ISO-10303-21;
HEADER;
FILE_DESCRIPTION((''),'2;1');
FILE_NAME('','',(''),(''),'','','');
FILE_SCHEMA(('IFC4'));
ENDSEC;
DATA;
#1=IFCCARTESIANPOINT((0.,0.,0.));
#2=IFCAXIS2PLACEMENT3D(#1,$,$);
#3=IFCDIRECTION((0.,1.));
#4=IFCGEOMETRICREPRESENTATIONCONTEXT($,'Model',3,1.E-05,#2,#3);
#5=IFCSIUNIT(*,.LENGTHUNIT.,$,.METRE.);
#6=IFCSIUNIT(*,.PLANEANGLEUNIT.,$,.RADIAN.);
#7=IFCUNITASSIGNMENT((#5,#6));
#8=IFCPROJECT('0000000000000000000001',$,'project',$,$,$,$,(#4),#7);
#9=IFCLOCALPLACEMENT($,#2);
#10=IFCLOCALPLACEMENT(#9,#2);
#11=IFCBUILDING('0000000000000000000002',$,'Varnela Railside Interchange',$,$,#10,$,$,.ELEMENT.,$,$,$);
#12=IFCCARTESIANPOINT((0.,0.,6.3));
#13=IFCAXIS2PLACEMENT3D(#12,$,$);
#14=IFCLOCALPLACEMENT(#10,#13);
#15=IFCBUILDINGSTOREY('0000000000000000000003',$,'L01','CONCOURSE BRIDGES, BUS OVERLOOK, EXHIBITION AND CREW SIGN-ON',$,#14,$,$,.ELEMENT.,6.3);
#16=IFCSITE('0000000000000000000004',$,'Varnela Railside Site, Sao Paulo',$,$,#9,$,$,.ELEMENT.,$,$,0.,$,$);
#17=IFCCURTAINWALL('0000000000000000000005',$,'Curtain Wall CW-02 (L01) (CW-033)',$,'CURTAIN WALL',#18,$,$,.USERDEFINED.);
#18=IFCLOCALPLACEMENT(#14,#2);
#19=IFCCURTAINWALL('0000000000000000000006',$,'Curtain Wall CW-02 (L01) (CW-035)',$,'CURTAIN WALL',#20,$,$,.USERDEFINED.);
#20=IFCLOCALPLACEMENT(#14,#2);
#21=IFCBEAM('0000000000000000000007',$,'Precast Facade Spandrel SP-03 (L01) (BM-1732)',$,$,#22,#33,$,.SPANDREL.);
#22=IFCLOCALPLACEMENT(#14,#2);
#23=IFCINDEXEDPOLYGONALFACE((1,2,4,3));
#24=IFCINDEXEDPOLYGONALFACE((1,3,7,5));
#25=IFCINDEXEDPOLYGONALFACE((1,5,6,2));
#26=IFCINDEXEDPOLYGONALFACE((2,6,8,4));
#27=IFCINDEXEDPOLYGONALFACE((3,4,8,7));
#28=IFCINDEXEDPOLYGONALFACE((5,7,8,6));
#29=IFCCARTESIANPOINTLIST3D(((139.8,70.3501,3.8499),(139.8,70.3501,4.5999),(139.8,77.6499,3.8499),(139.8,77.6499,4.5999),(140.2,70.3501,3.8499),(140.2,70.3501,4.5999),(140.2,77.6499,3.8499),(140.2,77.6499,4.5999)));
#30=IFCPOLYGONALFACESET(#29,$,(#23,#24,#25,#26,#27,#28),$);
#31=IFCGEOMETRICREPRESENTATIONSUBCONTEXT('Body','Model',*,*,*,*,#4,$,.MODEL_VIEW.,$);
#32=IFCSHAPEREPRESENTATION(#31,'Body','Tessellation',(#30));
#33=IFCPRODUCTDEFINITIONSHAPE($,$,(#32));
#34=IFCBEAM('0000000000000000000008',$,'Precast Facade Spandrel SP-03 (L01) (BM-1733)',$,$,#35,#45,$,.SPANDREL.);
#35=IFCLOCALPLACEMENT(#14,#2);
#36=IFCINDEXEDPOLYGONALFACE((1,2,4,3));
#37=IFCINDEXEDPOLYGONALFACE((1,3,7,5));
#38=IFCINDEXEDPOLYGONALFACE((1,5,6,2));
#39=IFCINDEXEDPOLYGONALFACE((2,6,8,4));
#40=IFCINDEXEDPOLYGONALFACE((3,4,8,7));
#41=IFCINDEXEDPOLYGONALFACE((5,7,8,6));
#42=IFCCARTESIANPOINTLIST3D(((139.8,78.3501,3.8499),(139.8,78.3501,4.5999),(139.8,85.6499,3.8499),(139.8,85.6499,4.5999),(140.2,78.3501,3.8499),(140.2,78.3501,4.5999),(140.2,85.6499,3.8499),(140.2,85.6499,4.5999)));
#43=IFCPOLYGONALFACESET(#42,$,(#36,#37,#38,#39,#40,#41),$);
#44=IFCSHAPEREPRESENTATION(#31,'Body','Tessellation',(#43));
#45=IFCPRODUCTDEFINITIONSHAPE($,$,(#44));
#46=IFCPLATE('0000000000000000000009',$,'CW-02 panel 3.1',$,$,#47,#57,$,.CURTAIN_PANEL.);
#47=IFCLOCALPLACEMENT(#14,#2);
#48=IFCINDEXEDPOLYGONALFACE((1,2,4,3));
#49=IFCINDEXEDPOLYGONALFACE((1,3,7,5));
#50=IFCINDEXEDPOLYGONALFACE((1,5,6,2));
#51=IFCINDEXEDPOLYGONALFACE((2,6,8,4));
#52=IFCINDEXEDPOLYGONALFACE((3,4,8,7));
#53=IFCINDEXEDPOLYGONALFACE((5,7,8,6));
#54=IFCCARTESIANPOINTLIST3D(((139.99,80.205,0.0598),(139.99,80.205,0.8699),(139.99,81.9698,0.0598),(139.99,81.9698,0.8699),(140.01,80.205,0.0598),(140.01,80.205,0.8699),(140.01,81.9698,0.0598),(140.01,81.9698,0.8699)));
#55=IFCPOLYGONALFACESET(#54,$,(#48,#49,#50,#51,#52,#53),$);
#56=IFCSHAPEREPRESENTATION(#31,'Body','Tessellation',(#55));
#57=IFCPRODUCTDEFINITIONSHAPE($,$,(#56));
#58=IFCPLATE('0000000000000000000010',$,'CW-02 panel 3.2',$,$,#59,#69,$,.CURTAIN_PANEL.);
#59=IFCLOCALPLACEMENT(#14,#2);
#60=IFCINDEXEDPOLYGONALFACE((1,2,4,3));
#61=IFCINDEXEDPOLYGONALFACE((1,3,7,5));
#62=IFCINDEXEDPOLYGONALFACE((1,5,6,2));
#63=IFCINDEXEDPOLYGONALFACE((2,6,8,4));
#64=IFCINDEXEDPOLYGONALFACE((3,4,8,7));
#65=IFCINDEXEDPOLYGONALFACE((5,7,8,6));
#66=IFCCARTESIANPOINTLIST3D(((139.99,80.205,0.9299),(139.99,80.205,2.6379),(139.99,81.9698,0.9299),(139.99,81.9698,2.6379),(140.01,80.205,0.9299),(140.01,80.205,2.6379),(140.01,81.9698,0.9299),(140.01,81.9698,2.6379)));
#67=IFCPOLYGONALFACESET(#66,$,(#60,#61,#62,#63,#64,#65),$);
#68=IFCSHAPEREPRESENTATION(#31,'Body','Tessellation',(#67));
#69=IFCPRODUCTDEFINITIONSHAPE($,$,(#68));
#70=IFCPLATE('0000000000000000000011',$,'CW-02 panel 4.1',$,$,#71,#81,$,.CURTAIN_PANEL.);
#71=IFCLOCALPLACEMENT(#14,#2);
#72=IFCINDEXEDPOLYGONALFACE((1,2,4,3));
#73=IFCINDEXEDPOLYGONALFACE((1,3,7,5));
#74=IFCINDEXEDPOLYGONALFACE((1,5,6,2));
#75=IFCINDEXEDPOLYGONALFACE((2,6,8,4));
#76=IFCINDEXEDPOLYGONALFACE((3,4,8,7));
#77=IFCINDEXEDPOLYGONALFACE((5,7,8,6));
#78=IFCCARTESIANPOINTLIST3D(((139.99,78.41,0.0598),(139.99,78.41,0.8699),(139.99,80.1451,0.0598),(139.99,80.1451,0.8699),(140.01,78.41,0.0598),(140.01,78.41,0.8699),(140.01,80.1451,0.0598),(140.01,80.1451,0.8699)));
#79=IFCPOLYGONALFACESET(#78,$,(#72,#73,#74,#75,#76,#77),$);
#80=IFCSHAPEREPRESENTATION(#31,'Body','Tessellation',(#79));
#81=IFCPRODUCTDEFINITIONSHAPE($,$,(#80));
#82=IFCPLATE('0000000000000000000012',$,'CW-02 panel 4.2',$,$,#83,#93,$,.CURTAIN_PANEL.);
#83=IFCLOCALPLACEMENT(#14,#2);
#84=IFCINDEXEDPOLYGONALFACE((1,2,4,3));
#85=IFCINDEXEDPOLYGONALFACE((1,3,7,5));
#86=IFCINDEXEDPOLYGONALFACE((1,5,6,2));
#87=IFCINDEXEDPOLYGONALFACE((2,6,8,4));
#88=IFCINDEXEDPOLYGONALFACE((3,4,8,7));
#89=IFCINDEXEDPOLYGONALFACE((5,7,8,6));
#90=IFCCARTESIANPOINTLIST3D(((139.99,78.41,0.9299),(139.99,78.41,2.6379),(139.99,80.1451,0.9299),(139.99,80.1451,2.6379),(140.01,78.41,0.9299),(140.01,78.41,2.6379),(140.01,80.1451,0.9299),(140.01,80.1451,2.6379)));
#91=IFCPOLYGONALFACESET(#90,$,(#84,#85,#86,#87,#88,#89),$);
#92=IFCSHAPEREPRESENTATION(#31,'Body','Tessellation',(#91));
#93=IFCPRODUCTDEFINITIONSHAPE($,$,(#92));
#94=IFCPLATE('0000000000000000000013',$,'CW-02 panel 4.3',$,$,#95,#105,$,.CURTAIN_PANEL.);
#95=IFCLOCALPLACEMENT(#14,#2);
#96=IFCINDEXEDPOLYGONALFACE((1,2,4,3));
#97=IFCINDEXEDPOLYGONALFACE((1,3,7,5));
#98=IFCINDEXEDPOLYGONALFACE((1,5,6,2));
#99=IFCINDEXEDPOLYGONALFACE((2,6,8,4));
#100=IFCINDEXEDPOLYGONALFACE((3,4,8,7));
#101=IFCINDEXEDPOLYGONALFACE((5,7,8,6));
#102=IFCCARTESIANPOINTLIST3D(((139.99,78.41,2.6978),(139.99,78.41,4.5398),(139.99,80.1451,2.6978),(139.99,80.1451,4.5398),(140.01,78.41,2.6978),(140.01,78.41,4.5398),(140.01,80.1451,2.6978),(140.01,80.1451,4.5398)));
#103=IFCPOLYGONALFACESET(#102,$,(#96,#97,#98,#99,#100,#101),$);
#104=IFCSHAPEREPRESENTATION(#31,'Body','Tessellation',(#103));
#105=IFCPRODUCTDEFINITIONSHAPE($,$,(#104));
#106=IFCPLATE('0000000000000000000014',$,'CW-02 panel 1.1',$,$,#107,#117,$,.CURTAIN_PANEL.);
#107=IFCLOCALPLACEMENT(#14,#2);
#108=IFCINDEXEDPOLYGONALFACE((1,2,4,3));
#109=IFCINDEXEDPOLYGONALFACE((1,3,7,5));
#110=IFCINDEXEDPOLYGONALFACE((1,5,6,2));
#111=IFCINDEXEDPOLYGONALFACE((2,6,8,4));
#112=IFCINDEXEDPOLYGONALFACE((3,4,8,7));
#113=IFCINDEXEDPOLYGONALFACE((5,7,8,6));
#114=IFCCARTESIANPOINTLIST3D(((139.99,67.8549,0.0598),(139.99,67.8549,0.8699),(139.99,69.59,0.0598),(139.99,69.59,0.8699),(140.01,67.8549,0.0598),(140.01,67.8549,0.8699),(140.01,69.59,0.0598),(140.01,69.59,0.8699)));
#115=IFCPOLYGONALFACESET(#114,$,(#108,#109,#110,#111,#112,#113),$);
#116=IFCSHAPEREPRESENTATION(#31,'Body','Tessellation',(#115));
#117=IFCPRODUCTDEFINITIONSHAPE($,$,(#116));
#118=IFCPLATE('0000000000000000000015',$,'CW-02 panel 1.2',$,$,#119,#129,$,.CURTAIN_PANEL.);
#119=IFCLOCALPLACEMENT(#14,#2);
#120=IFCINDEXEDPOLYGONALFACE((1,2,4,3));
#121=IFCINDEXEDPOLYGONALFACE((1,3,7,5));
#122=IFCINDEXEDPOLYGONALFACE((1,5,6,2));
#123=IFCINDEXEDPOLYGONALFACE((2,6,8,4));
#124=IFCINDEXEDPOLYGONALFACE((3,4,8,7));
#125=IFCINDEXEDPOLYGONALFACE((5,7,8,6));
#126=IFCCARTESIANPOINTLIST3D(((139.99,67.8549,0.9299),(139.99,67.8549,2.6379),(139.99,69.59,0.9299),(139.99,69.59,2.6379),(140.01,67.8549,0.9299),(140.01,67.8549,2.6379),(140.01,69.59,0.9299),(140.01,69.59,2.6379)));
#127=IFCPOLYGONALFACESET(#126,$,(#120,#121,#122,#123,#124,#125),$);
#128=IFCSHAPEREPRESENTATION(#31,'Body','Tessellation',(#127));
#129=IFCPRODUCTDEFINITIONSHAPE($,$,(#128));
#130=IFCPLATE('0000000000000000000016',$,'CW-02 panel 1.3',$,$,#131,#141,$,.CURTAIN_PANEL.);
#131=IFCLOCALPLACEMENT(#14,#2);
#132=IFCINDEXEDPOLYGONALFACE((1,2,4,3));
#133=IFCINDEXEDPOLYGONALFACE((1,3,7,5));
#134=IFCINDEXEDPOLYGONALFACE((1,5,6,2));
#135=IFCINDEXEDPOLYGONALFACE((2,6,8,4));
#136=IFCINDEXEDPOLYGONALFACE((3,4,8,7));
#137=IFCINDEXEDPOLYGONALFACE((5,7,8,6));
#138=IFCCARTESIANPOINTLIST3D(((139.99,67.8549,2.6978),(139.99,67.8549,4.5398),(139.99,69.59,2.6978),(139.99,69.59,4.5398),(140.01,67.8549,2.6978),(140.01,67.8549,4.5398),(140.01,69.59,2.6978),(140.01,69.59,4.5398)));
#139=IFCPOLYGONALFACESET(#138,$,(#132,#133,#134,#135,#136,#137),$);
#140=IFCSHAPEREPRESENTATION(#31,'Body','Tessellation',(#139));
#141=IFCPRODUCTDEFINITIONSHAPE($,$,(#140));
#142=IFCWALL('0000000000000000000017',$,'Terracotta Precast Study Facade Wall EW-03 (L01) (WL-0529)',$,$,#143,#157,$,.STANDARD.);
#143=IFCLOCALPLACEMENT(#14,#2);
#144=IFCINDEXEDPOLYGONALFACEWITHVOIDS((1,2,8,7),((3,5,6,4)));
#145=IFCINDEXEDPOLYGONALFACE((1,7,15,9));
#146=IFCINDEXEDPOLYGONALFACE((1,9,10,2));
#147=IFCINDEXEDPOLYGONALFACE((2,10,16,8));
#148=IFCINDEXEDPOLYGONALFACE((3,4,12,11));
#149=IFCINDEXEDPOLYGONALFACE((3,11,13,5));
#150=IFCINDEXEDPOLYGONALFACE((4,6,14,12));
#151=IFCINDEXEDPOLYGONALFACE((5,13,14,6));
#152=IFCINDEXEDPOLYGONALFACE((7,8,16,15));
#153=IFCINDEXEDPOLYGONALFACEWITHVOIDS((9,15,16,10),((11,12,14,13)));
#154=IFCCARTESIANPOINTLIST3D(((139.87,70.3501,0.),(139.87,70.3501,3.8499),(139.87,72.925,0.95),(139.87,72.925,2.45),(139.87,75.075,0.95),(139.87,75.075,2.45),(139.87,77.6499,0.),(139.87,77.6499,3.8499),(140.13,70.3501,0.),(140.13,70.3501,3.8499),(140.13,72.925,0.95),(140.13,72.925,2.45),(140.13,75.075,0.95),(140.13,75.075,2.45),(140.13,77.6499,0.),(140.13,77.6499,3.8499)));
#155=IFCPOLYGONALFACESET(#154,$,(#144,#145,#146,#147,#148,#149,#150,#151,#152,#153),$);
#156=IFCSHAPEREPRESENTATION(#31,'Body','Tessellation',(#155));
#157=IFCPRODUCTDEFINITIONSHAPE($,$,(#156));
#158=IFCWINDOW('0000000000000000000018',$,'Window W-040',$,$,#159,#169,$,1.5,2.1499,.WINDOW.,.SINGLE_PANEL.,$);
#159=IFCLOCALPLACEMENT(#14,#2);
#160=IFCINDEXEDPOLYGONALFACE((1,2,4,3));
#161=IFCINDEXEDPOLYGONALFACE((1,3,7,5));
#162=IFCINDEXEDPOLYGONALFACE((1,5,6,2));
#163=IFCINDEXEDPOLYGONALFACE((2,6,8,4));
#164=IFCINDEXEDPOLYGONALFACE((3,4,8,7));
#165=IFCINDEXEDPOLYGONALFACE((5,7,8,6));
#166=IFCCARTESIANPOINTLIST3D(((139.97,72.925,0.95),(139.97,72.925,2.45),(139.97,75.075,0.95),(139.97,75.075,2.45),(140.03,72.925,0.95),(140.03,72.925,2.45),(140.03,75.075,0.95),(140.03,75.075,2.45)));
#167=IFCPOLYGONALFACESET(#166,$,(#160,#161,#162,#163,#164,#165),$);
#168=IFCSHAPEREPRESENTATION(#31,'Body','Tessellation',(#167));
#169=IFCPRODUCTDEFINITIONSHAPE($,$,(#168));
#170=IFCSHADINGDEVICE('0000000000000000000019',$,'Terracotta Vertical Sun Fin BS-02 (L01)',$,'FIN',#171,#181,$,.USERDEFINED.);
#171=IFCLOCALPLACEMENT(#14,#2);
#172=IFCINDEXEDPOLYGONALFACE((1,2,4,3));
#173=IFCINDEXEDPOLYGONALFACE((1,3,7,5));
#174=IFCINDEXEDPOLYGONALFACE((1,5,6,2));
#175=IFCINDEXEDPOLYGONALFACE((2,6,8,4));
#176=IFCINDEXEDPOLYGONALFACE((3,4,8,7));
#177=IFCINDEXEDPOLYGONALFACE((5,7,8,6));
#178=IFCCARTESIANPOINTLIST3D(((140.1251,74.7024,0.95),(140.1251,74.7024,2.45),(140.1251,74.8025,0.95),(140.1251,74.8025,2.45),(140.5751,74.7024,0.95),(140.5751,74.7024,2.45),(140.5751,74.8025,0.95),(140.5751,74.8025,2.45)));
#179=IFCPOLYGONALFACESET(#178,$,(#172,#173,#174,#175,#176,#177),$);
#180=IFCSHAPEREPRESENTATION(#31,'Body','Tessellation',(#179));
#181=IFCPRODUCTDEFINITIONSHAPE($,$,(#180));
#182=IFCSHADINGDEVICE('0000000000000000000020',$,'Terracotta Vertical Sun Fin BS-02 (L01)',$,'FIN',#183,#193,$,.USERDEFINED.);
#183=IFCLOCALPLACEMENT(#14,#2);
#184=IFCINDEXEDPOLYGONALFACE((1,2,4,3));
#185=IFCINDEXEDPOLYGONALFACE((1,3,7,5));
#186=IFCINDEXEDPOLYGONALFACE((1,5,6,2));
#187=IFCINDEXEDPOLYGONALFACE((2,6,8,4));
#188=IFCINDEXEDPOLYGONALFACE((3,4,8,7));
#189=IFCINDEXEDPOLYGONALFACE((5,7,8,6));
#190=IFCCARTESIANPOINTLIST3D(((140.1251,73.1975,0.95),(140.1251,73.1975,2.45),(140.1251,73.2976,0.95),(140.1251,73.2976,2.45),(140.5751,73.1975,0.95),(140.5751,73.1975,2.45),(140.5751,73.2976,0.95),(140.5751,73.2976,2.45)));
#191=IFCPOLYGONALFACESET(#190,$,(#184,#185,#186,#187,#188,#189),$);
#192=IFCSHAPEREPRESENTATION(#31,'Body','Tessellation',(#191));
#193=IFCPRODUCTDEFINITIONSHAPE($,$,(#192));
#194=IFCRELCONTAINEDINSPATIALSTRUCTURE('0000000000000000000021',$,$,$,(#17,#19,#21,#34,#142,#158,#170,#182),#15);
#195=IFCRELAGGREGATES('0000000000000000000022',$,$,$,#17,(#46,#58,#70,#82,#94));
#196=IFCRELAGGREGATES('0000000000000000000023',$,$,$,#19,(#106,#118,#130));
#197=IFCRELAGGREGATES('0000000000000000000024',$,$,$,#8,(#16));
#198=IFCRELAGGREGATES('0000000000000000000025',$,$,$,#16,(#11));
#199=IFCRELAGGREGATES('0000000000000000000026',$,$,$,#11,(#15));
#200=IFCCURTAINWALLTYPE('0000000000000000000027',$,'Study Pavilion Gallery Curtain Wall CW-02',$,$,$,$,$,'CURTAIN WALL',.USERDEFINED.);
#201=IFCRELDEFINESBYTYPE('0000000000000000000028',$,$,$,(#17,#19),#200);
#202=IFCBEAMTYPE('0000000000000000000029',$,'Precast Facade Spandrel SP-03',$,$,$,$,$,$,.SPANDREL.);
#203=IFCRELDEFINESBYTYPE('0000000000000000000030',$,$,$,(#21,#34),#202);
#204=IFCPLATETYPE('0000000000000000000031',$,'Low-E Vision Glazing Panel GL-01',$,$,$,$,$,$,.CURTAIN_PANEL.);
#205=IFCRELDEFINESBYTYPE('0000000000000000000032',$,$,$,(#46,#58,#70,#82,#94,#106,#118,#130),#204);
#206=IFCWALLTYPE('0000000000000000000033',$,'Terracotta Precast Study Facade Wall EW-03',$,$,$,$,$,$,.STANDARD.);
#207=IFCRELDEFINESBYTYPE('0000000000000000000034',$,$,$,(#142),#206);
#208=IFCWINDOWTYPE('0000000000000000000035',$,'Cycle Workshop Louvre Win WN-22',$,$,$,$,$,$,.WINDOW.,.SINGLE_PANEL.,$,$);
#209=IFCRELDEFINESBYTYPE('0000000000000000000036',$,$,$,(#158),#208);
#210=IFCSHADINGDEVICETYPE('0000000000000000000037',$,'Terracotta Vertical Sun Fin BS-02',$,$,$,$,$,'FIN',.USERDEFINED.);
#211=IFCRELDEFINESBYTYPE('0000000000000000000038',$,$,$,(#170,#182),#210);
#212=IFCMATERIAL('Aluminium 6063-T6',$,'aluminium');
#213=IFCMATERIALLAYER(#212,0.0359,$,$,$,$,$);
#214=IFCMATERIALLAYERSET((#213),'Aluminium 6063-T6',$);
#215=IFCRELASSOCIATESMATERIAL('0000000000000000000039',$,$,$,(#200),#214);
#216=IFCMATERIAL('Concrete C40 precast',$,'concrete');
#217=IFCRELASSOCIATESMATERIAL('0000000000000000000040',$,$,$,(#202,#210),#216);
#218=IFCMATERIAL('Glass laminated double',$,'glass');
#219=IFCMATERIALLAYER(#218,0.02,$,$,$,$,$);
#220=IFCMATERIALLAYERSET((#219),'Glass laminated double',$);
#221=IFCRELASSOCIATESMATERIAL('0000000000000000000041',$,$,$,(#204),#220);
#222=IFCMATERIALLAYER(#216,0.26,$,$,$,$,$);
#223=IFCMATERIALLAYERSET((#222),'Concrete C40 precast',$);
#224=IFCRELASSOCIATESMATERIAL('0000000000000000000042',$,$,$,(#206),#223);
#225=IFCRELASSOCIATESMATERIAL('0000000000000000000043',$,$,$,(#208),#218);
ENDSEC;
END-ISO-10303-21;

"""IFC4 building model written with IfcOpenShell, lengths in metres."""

from ifc_helpers import new_model, si_unit, direction, frame, frame_2d, origin, origin_2d, place, context, subcontext, project, spatial, rectangle, extrude, material, layer, layer_set, material_profile, profile_set, type_object, element, fill, aggregate, save


model = new_model("IFC4")

# Units and contexts
model_context = context("Model", 3, precision=1e-05, world=origin(), true_north=direction((0.0, 1.0)))
body_context = subcontext(model_context, "Body", "Model", "MODEL_VIEW")
ifc_project = project(units=[si_unit("LENGTHUNIT", "METRE"), si_unit("PLANEANGLEUNIT", "RADIAN")], contexts=[model_context])

# Site, building, storey
site_placement = place(None, origin())
site = spatial("IfcSite", under=ifc_project, at=site_placement, Name="Varnela Railside Site, Sao Paulo", CompositionType="ELEMENT", RefElevation=0.0)
building_placement = place(site_placement, origin())
building = spatial("IfcBuilding", under=site, at=building_placement, Name="Varnela Railside Interchange", CompositionType="ELEMENT")
storey_placement = place(building_placement, frame((0.0, 0.0, 6.3)))
storey = spatial("IfcBuildingStorey", under=building, at=storey_placement, Name="L01", Description="CONCOURSE BRIDGES, BUS OVERLOOK, EXHIBITION AND CREW SIGN-ON", CompositionType="ELEMENT", Elevation=6.3)

# Curtain walls
ifc_material_1 = material(Name="Aluminium 6063-T6", Category="aluminium")
ifc_layer_1 = layer(ifc_material_1, 0.0359)
ifc_layer_set_1 = layer_set([ifc_layer_1], Name="Aluminium 6063-T6")
curtain_wall_type = type_object("IfcCurtainWallType", Name="Study Pavilion Gallery Curtain Wall CW-02", ElementType="CURTAIN WALL", PredefinedType="USERDEFINED", material=ifc_layer_set_1)
curtain_wall_1_placement = place(storey_placement, origin())
curtain_wall_1 = element("IfcCurtainWall", 1, at=curtain_wall_1_placement, inside=storey, type_object=curtain_wall_type, Name="Curtain Wall CW-02 (L01) (CW-033)", ObjectType="CURTAIN WALL", PredefinedType="USERDEFINED")
curtain_wall_2_placement = place(storey_placement, origin())
curtain_wall_2 = element("IfcCurtainWall", 2, at=curtain_wall_2_placement, inside=storey, type_object=curtain_wall_type, Name="Curtain Wall CW-02 (L01) (CW-035)", ObjectType="CURTAIN WALL", PredefinedType="USERDEFINED")

# Beams
ifc_material_2 = material(Name="Concrete C40 precast", Category="concrete")
ifc_material_profile_1 = material_profile(ifc_material_2, rectangle(XDim=0.3999, YDim=0.75, at=origin_2d()), Name="PC 400x750")
ifc_profile_set_1 = profile_set([ifc_material_profile_1], Name="Concrete C40 precast")
beam_type = type_object("IfcBeamType", Name="Precast Facade Spandrel SP-03", PredefinedType="SPANDREL", material=ifc_profile_set_1)
for number, where, z_axis, x_axis, name in (
    (3, (140.0, 70.3501, 4.2249), (0.0, 1.0, 0.0), (-1.0, 0.0, 0.0), "Precast Facade Spandrel SP-03 (L01) (BM-1732)"),
    (4, (140.0, 78.3501, 4.2249), (0.0, 1.0, 0.0), (-1.0, 0.0, 0.0), "Precast Facade Spandrel SP-03 (L01) (BM-1733)"),
):
    element("IfcBeam", number, at=place(storey_placement, frame(where, z_axis=z_axis, x_axis=x_axis)), inside=storey, type_object=beam_type, Name=name, PredefinedType="SPANDREL", context=body_context, shape_type="SweptSolid", body=[
        extrude(rectangle(XDim=0.3999, YDim=0.75, at=origin_2d()), origin(), (0.0, 0.0, 1.0), 7.2998),
    ])

# Plates
ifc_material_3 = material(Name="Glass laminated double", Category="glass")
ifc_layer_2 = layer(ifc_material_3, 0.02)
ifc_layer_set_2 = layer_set([ifc_layer_2], Name="Glass laminated double")
plate_type = type_object("IfcPlateType", Name="Low-E Vision Glazing Panel GL-01", PredefinedType="CURTAIN_PANEL", material=ifc_layer_set_2)
plate_1_placement = place(storey_placement, frame((140.0, 81.0874, 0.0598), z_axis=(0.0, 0.0, 1.0), x_axis=(0.0, -1.0, 0.0)))
plate_1 = element("IfcPlate", 5, at=plate_1_placement, type_object=plate_type, Name="CW-02 panel 3.1", PredefinedType="CURTAIN_PANEL", context=body_context, shape_type="SweptSolid", body=[
    extrude(rectangle(XDim=1.7649, YDim=0.02, at=origin_2d()), origin(), (0.0, 0.0, 1.0), 0.8101),
])
plate_2_placement = place(storey_placement, frame((140.0, 81.0874, 0.9299), z_axis=(0.0, 0.0, 1.0), x_axis=(0.0, -1.0, 0.0)))
plate_2 = element("IfcPlate", 6, at=plate_2_placement, type_object=plate_type, Name="CW-02 panel 3.2", PredefinedType="CURTAIN_PANEL", context=body_context, shape_type="SweptSolid", body=[
    extrude(rectangle(XDim=1.7649, YDim=0.02, at=origin_2d()), origin(), (0.0, 0.0, 1.0), 1.708),
])
plate_3_placement = place(storey_placement, frame((140.0, 79.2776, 0.0598), z_axis=(0.0, 0.0, 1.0), x_axis=(0.0, -1.0, 0.0)))
plate_3 = element("IfcPlate", 7, at=plate_3_placement, type_object=plate_type, Name="CW-02 panel 4.1", PredefinedType="CURTAIN_PANEL", context=body_context, shape_type="SweptSolid", body=[
    extrude(rectangle(XDim=1.7351, YDim=0.02, at=origin_2d()), origin(), (0.0, 0.0, 1.0), 0.8101),
])
plate_4_placement = place(storey_placement, frame((140.0, 79.2776, 0.9299), z_axis=(0.0, 0.0, 1.0), x_axis=(0.0, -1.0, 0.0)))
plate_4 = element("IfcPlate", 8, at=plate_4_placement, type_object=plate_type, Name="CW-02 panel 4.2", PredefinedType="CURTAIN_PANEL", context=body_context, shape_type="SweptSolid", body=[
    extrude(rectangle(XDim=1.7351, YDim=0.02, at=origin_2d()), origin(), (0.0, 0.0, 1.0), 1.708),
])
plate_5_placement = place(storey_placement, frame((140.0, 79.2776, 2.6978), z_axis=(0.0, 0.0, 1.0), x_axis=(0.0, -1.0, 0.0)))
plate_5 = element("IfcPlate", 9, at=plate_5_placement, type_object=plate_type, Name="CW-02 panel 4.3", PredefinedType="CURTAIN_PANEL", context=body_context, shape_type="SweptSolid", body=[
    extrude(rectangle(XDim=1.7351, YDim=0.02, at=origin_2d()), origin(), (0.0, 0.0, 1.0), 1.842),
])
aggregate(curtain_wall_1, [plate_1, plate_2, plate_3, plate_4, plate_5])
plate_6_placement = place(storey_placement, frame((140.0, 68.7224, 0.0598), z_axis=(0.0, 0.0, 1.0), x_axis=(0.0, -1.0, 0.0)))
plate_6 = element("IfcPlate", 10, at=plate_6_placement, type_object=plate_type, Name="CW-02 panel 1.1", PredefinedType="CURTAIN_PANEL", context=body_context, shape_type="SweptSolid", body=[
    extrude(rectangle(XDim=1.7351, YDim=0.02, at=origin_2d()), origin(), (0.0, 0.0, 1.0), 0.8101),
])
plate_7_placement = place(storey_placement, frame((140.0, 68.7224, 0.9299), z_axis=(0.0, 0.0, 1.0), x_axis=(0.0, -1.0, 0.0)))
plate_7 = element("IfcPlate", 11, at=plate_7_placement, type_object=plate_type, Name="CW-02 panel 1.2", PredefinedType="CURTAIN_PANEL", context=body_context, shape_type="SweptSolid", body=[
    extrude(rectangle(XDim=1.7351, YDim=0.02, at=origin_2d()), origin(), (0.0, 0.0, 1.0), 1.708),
])
plate_8_placement = place(storey_placement, frame((140.0, 68.7224, 2.6978), z_axis=(0.0, 0.0, 1.0), x_axis=(0.0, -1.0, 0.0)))
plate_8 = element("IfcPlate", 12, at=plate_8_placement, type_object=plate_type, Name="CW-02 panel 1.3", PredefinedType="CURTAIN_PANEL", context=body_context, shape_type="SweptSolid", body=[
    extrude(rectangle(XDim=1.7351, YDim=0.02, at=origin_2d()), origin(), (0.0, 0.0, 1.0), 1.842),
])
aggregate(curtain_wall_2, [plate_6, plate_7, plate_8])

# Wall, opening, window
ifc_layer_3 = layer(ifc_material_2, 0.26)
ifc_layer_set_3 = layer_set([ifc_layer_3], Name="Concrete C40 precast")
wall_type = type_object("IfcWallType", Name="Terracotta Precast Study Facade Wall EW-03", PredefinedType="STANDARD", material=ifc_layer_set_3)
wall_placement = place(storey_placement, frame((140.0, 77.6499, 0.0), z_axis=(0.0, 0.0, 1.0), x_axis=(0.0, -1.0, 0.0)))
wall = element("IfcWall", 13, at=wall_placement, inside=storey, type_object=wall_type, Name="Terracotta Precast Study Facade Wall EW-03 (L01) (WL-0529)", PredefinedType="STANDARD", context=body_context, shape_type="SweptSolid", body=[
    extrude(rectangle(XDim=7.2998, YDim=0.26, at=frame_2d((3.6499, 0.0))), origin(), (0.0, 0.0, 1.0), 3.8499),
])
opening_placement = place(wall_placement, frame((2.575, 0.0, 0.95)))
opening = element("IfcOpeningElement", 14, at=opening_placement, cuts=wall, PredefinedType="OPENING", context=body_context, shape_type="SweptSolid", body=[
    extrude(rectangle(XDim=2.1499, YDim=1.5, at=frame_2d((1.075, 0.75))), frame((0.0, 0.1399, 0.0), z_axis=(0.0, -1.0, 0.0), x_axis=(1.0, 0.0, 0.0)), (0.0, 0.0, 1.0), 0.28),
])
window_type = type_object("IfcWindowType", Name="Cycle Workshop Louvre Win WN-22", PartitioningType="SINGLE_PANEL", PredefinedType="WINDOW", material=ifc_material_3)
window_placement = place(opening_placement, origin())
window = element("IfcWindow", 15, at=window_placement, inside=storey, type_object=window_type, Name="Window W-040", OverallHeight=1.5, OverallWidth=2.1499, PartitioningType="SINGLE_PANEL", PredefinedType="WINDOW", context=body_context, shape_type="SweptSolid", body=[
    extrude(rectangle(XDim=2.1499, YDim=1.5, at=frame_2d((1.075, 0.75))), frame((0.0, 0.03, 0.0), z_axis=(0.0, -1.0, 0.0), x_axis=(1.0, 0.0, 0.0)), (0.0, 0.0, 1.0), 0.0601),
])
fill(opening, window)

# Shading devices
shading_device_type = type_object("IfcShadingDeviceType", Name="Terracotta Vertical Sun Fin BS-02", ElementType="FIN", PredefinedType="USERDEFINED", material=ifc_material_2)
for number, where, z_axis, x_axis, name in (
    (16, (140.3501, 74.7524, 0.95), (0.0, 0.0, 1.0), (1.0, 0.0, 0.0), "Terracotta Vertical Sun Fin BS-02 (L01)"),
    (17, (140.3501, 73.2476, 0.95), (0.0, 0.0, 1.0), (1.0, 0.0, 0.0), "Terracotta Vertical Sun Fin BS-02 (L01)"),
):
    element("IfcShadingDevice", number, at=place(storey_placement, frame(where, z_axis=z_axis, x_axis=x_axis)), inside=storey, type_object=shading_device_type, Name=name, ObjectType="FIN", PredefinedType="USERDEFINED", context=body_context, shape_type="SweptSolid", body=[
        extrude(rectangle(XDim=0.45, YDim=0.1001, at=origin_2d()), origin(), (0.0, 0.0, 1.0), 1.5),
    ])

save(model, "model.ifc")
